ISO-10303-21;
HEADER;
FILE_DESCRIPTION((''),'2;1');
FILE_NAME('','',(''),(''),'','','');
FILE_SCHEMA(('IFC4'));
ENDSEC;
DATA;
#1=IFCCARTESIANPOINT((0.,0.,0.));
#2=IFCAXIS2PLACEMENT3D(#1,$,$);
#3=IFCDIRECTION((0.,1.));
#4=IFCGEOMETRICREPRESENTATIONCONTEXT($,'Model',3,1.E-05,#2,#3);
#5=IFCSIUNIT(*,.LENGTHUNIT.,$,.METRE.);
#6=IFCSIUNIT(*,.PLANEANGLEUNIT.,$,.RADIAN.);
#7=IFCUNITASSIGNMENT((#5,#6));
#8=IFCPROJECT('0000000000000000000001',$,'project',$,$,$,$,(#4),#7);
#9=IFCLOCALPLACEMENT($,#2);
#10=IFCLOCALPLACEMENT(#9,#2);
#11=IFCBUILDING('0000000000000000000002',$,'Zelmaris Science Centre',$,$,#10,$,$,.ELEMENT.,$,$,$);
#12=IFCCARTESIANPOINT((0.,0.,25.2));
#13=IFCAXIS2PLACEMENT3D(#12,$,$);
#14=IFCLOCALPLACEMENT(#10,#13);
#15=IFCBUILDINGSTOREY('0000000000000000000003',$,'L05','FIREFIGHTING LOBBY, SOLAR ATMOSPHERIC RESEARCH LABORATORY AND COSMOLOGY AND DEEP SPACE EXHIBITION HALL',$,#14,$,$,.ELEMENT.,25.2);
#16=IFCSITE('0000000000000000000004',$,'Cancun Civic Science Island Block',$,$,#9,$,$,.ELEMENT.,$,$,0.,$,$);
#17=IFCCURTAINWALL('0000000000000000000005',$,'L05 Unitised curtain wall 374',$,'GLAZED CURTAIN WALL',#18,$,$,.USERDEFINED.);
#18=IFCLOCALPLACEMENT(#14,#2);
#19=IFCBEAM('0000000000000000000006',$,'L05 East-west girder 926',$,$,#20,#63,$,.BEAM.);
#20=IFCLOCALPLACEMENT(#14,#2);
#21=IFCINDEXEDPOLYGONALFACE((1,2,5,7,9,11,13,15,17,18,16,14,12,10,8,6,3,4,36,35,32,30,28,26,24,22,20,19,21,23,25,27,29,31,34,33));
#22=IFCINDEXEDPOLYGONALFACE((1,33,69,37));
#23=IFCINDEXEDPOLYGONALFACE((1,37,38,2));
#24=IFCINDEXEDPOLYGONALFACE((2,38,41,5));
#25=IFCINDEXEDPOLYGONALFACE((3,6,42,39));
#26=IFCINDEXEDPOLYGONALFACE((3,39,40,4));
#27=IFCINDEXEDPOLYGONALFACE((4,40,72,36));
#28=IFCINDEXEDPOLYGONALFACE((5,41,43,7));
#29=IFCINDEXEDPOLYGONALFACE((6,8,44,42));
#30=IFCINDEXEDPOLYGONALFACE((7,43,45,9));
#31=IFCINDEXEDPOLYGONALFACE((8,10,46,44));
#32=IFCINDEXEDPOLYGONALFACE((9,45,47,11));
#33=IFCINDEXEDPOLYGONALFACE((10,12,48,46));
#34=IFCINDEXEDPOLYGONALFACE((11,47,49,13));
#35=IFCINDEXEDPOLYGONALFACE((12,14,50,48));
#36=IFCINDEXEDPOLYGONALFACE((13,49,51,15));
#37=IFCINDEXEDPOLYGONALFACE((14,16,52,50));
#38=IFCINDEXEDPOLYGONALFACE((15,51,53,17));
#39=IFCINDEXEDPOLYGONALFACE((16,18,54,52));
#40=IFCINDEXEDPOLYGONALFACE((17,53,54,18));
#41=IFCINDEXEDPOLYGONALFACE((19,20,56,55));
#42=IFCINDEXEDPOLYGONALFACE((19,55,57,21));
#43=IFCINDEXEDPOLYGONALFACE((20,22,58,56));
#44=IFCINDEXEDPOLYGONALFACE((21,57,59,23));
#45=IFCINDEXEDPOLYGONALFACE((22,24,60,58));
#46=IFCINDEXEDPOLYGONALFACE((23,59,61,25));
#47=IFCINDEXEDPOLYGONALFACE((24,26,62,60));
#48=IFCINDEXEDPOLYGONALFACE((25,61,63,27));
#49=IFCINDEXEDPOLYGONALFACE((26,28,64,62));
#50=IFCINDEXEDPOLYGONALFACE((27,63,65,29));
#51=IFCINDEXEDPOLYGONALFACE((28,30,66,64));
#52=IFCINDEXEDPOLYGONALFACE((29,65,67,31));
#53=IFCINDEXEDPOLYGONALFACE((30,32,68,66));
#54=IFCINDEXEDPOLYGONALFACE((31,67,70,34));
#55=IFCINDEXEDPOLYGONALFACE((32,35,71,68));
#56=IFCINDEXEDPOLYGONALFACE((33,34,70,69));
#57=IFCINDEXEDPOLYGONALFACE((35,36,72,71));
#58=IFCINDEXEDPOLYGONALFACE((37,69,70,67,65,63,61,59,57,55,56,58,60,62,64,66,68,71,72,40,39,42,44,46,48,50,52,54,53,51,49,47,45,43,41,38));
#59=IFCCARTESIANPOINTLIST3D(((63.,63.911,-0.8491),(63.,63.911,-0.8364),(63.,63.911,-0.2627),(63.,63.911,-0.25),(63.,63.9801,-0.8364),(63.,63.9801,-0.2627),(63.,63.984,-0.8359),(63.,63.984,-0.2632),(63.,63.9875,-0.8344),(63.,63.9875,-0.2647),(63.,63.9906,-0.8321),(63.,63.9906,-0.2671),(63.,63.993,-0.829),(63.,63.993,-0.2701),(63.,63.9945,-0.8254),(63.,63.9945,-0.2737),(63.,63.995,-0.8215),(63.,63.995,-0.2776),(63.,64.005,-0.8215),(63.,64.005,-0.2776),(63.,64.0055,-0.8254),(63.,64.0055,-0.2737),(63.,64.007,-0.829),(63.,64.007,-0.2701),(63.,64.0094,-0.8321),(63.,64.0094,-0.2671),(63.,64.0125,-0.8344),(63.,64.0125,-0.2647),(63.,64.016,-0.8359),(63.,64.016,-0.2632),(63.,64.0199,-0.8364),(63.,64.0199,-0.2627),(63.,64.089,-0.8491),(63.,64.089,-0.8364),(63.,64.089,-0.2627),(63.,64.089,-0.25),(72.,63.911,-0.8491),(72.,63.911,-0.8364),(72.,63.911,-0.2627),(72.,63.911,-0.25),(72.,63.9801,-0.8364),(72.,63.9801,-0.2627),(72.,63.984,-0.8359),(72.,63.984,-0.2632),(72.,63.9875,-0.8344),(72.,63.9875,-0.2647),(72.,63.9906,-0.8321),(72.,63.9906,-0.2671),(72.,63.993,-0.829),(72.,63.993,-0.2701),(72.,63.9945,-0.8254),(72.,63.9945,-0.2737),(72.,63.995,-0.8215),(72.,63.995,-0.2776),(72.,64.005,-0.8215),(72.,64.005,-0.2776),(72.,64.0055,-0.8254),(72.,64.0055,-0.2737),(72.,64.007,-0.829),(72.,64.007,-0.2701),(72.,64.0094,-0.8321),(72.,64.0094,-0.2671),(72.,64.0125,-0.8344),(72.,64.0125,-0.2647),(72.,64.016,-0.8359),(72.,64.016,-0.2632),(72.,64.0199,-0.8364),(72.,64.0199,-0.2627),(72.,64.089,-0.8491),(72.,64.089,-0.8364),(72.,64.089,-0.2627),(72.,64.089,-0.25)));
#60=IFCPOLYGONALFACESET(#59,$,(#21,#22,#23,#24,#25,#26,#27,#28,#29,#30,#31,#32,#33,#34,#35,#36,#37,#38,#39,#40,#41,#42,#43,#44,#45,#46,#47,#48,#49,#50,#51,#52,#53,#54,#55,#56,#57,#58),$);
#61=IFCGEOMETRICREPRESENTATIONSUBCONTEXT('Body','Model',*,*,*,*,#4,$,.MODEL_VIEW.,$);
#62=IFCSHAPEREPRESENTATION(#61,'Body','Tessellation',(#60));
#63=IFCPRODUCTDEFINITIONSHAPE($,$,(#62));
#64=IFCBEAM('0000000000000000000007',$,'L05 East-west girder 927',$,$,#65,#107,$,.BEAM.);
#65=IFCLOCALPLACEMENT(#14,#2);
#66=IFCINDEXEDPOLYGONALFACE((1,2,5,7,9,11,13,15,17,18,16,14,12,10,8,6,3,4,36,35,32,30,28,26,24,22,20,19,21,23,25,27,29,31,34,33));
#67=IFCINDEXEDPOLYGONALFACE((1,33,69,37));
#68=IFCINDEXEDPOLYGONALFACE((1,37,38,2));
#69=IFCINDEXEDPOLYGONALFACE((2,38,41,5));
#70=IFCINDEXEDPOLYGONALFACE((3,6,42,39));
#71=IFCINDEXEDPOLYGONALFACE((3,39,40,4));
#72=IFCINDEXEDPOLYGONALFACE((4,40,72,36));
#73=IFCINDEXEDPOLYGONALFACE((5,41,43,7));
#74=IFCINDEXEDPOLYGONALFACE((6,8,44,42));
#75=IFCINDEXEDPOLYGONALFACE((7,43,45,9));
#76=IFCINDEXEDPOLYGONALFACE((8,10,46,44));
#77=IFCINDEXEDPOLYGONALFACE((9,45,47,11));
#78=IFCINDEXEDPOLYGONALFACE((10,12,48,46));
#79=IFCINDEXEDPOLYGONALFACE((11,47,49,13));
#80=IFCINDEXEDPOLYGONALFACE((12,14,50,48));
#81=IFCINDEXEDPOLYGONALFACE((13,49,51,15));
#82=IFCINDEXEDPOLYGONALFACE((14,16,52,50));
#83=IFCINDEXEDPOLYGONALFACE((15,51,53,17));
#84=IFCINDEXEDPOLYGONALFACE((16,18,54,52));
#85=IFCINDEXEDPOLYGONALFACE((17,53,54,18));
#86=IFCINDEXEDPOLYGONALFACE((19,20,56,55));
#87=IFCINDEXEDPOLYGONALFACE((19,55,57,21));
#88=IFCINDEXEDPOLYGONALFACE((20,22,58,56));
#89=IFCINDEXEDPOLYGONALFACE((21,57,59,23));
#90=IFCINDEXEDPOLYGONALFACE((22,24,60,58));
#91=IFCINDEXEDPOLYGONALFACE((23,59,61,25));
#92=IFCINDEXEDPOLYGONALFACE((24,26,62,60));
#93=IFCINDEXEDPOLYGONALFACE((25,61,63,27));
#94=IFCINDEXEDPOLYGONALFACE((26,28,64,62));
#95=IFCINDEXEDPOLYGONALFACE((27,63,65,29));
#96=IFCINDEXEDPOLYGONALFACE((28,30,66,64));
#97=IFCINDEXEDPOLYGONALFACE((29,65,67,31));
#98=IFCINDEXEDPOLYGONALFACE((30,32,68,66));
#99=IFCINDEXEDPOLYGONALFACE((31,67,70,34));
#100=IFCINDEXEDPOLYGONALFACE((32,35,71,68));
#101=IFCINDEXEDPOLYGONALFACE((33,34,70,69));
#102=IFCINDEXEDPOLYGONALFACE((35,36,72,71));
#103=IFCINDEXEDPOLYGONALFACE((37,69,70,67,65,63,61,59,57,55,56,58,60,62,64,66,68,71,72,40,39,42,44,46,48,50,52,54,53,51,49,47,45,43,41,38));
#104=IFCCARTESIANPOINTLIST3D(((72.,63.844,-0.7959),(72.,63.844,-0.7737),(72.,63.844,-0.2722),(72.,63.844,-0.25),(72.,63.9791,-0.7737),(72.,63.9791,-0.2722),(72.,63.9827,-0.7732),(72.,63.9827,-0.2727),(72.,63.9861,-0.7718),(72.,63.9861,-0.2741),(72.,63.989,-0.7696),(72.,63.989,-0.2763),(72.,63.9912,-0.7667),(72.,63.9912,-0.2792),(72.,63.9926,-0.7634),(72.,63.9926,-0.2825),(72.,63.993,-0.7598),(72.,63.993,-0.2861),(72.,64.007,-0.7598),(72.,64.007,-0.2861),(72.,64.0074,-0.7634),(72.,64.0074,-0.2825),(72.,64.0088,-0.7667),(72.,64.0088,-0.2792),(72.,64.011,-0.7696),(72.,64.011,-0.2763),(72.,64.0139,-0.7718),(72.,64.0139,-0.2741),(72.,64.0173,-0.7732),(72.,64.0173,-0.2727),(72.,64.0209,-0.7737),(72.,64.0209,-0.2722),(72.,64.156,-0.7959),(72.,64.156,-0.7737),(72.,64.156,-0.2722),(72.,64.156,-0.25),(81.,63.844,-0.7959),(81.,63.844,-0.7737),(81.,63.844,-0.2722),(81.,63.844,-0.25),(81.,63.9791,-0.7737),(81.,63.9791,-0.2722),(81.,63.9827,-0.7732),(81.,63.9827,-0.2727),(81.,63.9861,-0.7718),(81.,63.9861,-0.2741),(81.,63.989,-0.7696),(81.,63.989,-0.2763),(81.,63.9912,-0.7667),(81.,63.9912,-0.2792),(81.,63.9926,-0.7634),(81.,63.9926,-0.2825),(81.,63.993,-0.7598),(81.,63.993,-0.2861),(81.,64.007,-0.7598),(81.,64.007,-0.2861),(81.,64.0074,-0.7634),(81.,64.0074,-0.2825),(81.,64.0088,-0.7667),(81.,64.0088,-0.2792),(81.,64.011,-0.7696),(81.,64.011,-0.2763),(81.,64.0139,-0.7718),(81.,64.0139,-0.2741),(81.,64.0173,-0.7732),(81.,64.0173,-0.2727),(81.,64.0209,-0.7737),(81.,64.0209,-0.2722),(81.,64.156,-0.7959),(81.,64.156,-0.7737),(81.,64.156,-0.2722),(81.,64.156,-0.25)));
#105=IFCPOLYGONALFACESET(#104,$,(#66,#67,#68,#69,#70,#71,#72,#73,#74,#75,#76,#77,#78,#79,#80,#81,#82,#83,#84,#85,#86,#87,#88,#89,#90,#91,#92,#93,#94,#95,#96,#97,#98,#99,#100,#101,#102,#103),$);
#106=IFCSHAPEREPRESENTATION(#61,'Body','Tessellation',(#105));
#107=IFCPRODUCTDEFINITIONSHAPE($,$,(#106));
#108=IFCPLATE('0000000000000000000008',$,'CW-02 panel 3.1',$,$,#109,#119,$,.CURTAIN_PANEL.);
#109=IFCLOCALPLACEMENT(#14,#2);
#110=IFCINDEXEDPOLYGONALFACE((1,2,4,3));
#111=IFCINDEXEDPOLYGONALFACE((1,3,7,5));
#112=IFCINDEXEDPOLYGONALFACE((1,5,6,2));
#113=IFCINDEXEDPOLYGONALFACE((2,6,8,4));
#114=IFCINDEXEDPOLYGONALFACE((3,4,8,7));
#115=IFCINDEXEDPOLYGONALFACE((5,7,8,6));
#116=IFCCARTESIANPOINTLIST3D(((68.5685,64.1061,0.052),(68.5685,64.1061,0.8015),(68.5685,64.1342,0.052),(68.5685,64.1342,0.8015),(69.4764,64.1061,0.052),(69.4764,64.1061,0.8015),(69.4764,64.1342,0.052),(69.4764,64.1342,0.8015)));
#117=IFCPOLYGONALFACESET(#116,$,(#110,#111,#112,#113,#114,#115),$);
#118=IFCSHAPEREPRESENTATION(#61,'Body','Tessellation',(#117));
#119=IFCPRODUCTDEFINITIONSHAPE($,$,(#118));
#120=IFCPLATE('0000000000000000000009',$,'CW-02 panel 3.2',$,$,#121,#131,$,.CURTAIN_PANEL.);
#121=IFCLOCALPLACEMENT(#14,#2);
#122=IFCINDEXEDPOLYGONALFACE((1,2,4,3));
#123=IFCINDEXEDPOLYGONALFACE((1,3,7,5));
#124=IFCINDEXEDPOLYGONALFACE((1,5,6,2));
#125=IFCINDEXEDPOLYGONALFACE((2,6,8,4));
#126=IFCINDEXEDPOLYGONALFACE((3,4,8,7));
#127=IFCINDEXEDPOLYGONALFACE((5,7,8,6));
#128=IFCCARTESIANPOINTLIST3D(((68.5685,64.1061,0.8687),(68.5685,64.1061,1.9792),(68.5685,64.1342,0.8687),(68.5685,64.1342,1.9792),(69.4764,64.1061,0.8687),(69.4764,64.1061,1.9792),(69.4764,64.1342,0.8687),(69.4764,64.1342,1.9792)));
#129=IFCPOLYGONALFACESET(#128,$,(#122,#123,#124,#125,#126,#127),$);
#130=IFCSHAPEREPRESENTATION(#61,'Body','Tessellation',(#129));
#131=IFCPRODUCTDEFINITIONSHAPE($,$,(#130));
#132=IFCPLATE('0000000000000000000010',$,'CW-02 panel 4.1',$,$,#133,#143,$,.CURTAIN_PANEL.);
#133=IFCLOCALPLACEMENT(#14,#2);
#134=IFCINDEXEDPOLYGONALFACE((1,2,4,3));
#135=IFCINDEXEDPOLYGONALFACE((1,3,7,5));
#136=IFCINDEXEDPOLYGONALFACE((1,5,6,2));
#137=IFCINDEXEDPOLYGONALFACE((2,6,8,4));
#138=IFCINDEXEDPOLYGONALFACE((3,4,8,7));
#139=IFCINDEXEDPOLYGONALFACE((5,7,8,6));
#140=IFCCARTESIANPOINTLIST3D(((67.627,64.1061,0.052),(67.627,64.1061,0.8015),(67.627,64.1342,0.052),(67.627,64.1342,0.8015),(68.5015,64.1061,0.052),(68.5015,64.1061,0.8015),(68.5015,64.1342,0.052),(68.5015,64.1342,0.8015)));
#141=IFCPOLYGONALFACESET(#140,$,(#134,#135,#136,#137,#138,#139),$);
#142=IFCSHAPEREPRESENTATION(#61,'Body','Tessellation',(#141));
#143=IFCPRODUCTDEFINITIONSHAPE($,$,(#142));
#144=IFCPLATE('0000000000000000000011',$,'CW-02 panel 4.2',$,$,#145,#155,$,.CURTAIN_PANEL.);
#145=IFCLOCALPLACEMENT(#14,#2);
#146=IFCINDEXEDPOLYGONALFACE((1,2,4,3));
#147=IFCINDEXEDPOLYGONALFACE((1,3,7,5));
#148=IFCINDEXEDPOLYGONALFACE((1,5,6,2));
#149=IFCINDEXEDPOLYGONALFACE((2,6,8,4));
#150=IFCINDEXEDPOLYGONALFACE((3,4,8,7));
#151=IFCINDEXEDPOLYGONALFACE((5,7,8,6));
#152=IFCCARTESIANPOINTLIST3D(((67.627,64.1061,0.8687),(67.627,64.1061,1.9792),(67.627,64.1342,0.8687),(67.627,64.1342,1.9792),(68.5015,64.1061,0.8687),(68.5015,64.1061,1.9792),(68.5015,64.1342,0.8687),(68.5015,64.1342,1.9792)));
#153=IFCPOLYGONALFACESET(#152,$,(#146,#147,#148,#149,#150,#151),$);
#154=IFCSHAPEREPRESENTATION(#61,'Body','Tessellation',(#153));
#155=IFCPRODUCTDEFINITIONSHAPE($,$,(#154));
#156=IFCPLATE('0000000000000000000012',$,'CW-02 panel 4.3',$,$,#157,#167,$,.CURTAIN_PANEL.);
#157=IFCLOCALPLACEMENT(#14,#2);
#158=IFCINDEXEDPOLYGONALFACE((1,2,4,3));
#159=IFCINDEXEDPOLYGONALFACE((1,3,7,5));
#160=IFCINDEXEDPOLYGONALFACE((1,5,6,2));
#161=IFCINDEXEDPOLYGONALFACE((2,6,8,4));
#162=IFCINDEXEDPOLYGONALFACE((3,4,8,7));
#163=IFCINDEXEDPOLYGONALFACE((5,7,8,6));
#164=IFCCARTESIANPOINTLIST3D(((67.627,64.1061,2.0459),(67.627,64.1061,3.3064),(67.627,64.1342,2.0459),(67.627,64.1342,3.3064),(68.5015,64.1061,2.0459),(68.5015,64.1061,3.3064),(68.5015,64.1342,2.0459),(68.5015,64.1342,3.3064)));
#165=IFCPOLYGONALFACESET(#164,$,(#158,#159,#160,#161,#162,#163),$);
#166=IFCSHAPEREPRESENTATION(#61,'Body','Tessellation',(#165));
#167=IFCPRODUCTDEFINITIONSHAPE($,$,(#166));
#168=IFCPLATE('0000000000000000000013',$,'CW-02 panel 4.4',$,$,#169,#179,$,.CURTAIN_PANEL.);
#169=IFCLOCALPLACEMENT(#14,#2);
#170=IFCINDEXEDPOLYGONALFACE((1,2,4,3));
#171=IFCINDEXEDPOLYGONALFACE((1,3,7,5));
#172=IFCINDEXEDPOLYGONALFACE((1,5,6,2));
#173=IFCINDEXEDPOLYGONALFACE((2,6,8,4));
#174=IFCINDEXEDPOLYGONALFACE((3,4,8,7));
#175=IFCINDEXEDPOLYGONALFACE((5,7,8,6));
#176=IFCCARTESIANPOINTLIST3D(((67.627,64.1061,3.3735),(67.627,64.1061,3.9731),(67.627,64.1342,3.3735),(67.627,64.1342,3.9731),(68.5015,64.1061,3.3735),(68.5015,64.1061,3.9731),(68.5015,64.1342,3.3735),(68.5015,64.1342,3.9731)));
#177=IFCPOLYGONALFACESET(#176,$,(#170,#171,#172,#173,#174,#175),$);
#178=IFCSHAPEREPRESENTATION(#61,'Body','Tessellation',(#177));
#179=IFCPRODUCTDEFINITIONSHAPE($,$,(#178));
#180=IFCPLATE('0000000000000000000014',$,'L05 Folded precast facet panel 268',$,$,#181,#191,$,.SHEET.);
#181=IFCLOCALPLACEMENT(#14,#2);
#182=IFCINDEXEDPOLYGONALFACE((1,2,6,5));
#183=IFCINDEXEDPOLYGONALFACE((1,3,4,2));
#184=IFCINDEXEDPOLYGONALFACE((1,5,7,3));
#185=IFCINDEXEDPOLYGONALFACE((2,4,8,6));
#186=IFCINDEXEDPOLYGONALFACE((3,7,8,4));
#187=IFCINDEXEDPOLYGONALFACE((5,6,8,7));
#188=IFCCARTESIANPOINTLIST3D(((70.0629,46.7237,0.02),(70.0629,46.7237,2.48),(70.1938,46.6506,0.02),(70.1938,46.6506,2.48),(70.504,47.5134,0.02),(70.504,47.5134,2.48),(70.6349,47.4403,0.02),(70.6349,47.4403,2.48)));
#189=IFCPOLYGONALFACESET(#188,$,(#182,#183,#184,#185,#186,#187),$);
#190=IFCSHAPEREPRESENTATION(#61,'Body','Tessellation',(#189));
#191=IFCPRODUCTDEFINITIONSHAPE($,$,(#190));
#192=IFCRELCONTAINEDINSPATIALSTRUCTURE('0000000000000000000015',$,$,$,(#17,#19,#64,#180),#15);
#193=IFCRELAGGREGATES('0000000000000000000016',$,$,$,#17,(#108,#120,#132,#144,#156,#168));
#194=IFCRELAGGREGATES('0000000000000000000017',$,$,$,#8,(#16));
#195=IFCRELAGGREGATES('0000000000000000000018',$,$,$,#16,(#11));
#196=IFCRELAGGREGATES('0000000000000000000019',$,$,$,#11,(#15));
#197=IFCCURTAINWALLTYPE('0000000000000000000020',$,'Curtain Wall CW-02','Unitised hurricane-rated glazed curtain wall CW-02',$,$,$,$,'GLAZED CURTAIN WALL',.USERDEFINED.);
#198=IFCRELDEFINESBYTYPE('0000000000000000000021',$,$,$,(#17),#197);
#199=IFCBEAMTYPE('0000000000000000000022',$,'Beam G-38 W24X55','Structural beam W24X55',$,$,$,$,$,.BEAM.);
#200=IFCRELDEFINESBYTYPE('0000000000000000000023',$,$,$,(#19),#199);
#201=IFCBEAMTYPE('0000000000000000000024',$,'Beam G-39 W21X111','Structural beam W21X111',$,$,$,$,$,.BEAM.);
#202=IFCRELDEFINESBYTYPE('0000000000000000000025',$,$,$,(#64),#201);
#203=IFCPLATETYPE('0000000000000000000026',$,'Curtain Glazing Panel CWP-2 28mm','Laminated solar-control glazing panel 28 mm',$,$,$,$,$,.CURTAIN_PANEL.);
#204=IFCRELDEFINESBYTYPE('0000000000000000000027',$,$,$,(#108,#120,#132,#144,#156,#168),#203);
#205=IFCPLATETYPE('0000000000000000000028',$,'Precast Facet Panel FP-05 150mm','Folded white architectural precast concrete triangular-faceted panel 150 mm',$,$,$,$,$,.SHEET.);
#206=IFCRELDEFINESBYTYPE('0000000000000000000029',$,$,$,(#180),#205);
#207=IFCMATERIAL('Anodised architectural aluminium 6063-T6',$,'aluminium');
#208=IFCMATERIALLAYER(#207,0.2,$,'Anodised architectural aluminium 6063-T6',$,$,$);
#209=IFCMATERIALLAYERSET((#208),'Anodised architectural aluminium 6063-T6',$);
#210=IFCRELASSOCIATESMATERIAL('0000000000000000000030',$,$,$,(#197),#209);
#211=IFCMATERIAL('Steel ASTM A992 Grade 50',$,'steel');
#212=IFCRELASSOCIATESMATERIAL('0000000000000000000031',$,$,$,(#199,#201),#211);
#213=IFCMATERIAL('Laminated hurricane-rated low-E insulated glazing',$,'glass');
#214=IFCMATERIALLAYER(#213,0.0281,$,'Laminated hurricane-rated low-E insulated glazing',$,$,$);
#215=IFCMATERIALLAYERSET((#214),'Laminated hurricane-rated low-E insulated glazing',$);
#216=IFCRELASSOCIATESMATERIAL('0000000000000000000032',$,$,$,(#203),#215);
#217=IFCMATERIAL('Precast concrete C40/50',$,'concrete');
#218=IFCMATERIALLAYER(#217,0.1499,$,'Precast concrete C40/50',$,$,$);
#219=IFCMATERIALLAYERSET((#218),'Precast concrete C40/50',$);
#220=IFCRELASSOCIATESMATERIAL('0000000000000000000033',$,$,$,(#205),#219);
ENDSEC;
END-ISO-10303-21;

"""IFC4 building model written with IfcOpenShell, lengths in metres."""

from ifc_helpers import new_model, si_unit, direction, frame, frame_2d, origin, origin_2d, place, context, subcontext, project, spatial, rectangle, i_section, extrude, material, layer, layer_set, material_profile, profile_set, type_object, element, aggregate, save


model = new_model("IFC4")

# Units and contexts
model_context = context("Model", 3, precision=1e-05, world=origin(), true_north=direction((0.0, 1.0)))
body_context = subcontext(model_context, "Body", "Model", "MODEL_VIEW")
ifc_project = project(units=[si_unit("LENGTHUNIT", "METRE"), si_unit("PLANEANGLEUNIT", "RADIAN")], contexts=[model_context])

# Site, building, storey
site_placement = place(None, origin())
site = spatial("IfcSite", under=ifc_project, at=site_placement, Name="Cancun Civic Science Island Block", CompositionType="ELEMENT", RefElevation=0.0)
building_placement = place(site_placement, origin())
building = spatial("IfcBuilding", under=site, at=building_placement, Name="Zelmaris Science Centre", CompositionType="ELEMENT")
storey_placement = place(building_placement, frame((0.0, 0.0, 25.2)))
storey = spatial("IfcBuildingStorey", under=building, at=storey_placement, Name="L05", Description="FIREFIGHTING LOBBY, SOLAR ATMOSPHERIC RESEARCH LABORATORY AND COSMOLOGY AND DEEP SPACE EXHIBITION HALL", CompositionType="ELEMENT", Elevation=25.2)

# Shared definitions
ifc_material_1 = material(Name="Steel ASTM A992 Grade 50", Category="steel")

# Curtain wall
ifc_material_2 = material(Name="Anodised architectural aluminium 6063-T6", Category="aluminium")
ifc_layer_1 = layer(ifc_material_2, 0.2, Name="Anodised architectural aluminium 6063-T6")
ifc_layer_set_1 = layer_set([ifc_layer_1], Name="Anodised architectural aluminium 6063-T6")
curtain_wall_type = type_object("IfcCurtainWallType", Name="Curtain Wall CW-02", Description="Unitised hurricane-rated glazed curtain wall CW-02", ElementType="GLAZED CURTAIN WALL", PredefinedType="USERDEFINED", material=ifc_layer_set_1)
curtain_wall_placement = place(storey_placement, origin())
curtain_wall = element("IfcCurtainWall", 1, at=curtain_wall_placement, inside=storey, type_object=curtain_wall_type, Name="L05 Unitised curtain wall 374", ObjectType="GLAZED CURTAIN WALL", PredefinedType="USERDEFINED")

# Beams
ifc_material_profile_1 = material_profile(ifc_material_1, i_section(OverallWidth=0.178, OverallDepth=0.5991, WebThickness=0.01, FlangeThickness=0.0127, FilletRadius=0.0149, at=origin_2d()), Name="W24X55")
ifc_profile_set_1 = profile_set([ifc_material_profile_1], Name="Steel ASTM A992 Grade 50")
beam_type_1 = type_object("IfcBeamType", Name="Beam G-38 W24X55", Description="Structural beam W24X55", PredefinedType="BEAM", material=ifc_profile_set_1)
beam_1_placement = place(storey_placement, frame((63.0, 64.0, -0.5496), z_axis=(1.0, 0.0, 0.0), x_axis=(0.0, 1.0, 0.0)))
element("IfcBeam", 2, at=beam_1_placement, inside=storey, type_object=beam_type_1, Name="L05 East-west girder 926", PredefinedType="BEAM", context=body_context, shape_type="SweptSolid", body=[
    extrude(i_section(OverallWidth=0.178, OverallDepth=0.5991, WebThickness=0.01, FlangeThickness=0.0127, FilletRadius=0.0149, at=origin_2d()), origin(), (0.0, 0.0, 1.0), 9.0),
])
ifc_material_profile_2 = material_profile(ifc_material_1, i_section(OverallWidth=0.312, OverallDepth=0.5459, WebThickness=0.0139, FlangeThickness=0.0222, FilletRadius=0.0139, at=origin_2d()), Name="W21X111")
ifc_profile_set_2 = profile_set([ifc_material_profile_2], Name="Steel ASTM A992 Grade 50")
beam_type_2 = type_object("IfcBeamType", Name="Beam G-39 W21X111", Description="Structural beam W21X111", PredefinedType="BEAM", material=ifc_profile_set_2)
beam_2_placement = place(storey_placement, frame((72.0, 64.0, -0.5229), z_axis=(1.0, 0.0, 0.0), x_axis=(0.0, 1.0, 0.0)))
element("IfcBeam", 3, at=beam_2_placement, inside=storey, type_object=beam_type_2, Name="L05 East-west girder 927", PredefinedType="BEAM", context=body_context, shape_type="SweptSolid", body=[
    extrude(i_section(OverallWidth=0.312, OverallDepth=0.5459, WebThickness=0.0139, FlangeThickness=0.0222, FilletRadius=0.0139, at=origin_2d()), origin(), (0.0, 0.0, 1.0), 9.0),
])

# Plates
ifc_material_3 = material(Name="Laminated hurricane-rated low-E insulated glazing", Category="glass")
ifc_layer_2 = layer(ifc_material_3, 0.0281, Name="Laminated hurricane-rated low-E insulated glazing")
ifc_layer_set_2 = layer_set([ifc_layer_2], Name="Laminated hurricane-rated low-E insulated glazing")
plate_type_1 = type_object("IfcPlateType", Name="Curtain Glazing Panel CWP-2 28mm", Description="Laminated solar-control glazing panel 28 mm", PredefinedType="CURTAIN_PANEL", material=ifc_layer_set_2)
plate_1_placement = place(storey_placement, frame((69.0225, 64.1201, 0.052), z_axis=(0.0, 0.0, 1.0), x_axis=(-1.0, 0.0, 0.0)))
plate_1 = element("IfcPlate", 4, at=plate_1_placement, type_object=plate_type_1, Name="CW-02 panel 3.1", PredefinedType="CURTAIN_PANEL", context=body_context, shape_type="SweptSolid", body=[
    extrude(rectangle(XDim=0.908, YDim=0.0281, at=origin_2d()), origin(), (0.0, 0.0, 1.0), 0.7495),
])
plate_2_placement = place(storey_placement, frame((69.0225, 64.1201, 0.8687), z_axis=(0.0, 0.0, 1.0), x_axis=(-1.0, 0.0, 0.0)))
plate_2 = element("IfcPlate", 5, at=plate_2_placement, type_object=plate_type_1, Name="CW-02 panel 3.2", PredefinedType="CURTAIN_PANEL", context=body_context, shape_type="SweptSolid", body=[
    extrude(rectangle(XDim=0.908, YDim=0.0281, at=origin_2d()), origin(), (0.0, 0.0, 1.0), 1.1106),
])
plate_3_placement = place(storey_placement, frame((68.0642, 64.1201, 0.052), z_axis=(0.0, 0.0, 1.0), x_axis=(-1.0, 0.0, 0.0)))
plate_3 = element("IfcPlate", 6, at=plate_3_placement, type_object=plate_type_1, Name="CW-02 panel 4.1", PredefinedType="CURTAIN_PANEL", context=body_context, shape_type="SweptSolid", body=[
    extrude(rectangle(XDim=0.8745, YDim=0.0281, at=origin_2d()), origin(), (0.0, 0.0, 1.0), 0.7495),
])
plate_4_placement = place(storey_placement, frame((68.0642, 64.1201, 0.8687), z_axis=(0.0, 0.0, 1.0), x_axis=(-1.0, 0.0, 0.0)))
plate_4 = element("IfcPlate", 7, at=plate_4_placement, type_object=plate_type_1, Name="CW-02 panel 4.2", PredefinedType="CURTAIN_PANEL", context=body_context, shape_type="SweptSolid", body=[
    extrude(rectangle(XDim=0.8745, YDim=0.0281, at=origin_2d()), origin(), (0.0, 0.0, 1.0), 1.1106),
])
plate_5_placement = place(storey_placement, frame((68.0642, 64.1201, 2.0459), z_axis=(0.0, 0.0, 1.0), x_axis=(-1.0, 0.0, 0.0)))
plate_5 = element("IfcPlate", 8, at=plate_5_placement, type_object=plate_type_1, Name="CW-02 panel 4.3", PredefinedType="CURTAIN_PANEL", context=body_context, shape_type="SweptSolid", body=[
    extrude(rectangle(XDim=0.8745, YDim=0.0281, at=origin_2d()), origin(), (0.0, 0.0, 1.0), 1.2605),
])
plate_6_placement = place(storey_placement, frame((68.0642, 64.1201, 3.3735), z_axis=(0.0, 0.0, 1.0), x_axis=(-1.0, 0.0, 0.0)))
plate_6 = element("IfcPlate", 9, at=plate_6_placement, type_object=plate_type_1, Name="CW-02 panel 4.4", PredefinedType="CURTAIN_PANEL", context=body_context, shape_type="SweptSolid", body=[
    extrude(rectangle(XDim=0.8745, YDim=0.0281, at=origin_2d()), origin(), (0.0, 0.0, 1.0), 0.5996),
])
aggregate(curtain_wall, [plate_1, plate_2, plate_3, plate_4, plate_5, plate_6])

# Plate
ifc_material_4 = material(Name="Precast concrete C40/50", Category="concrete")
ifc_layer_3 = layer(ifc_material_4, 0.1499, Name="Precast concrete C40/50")
ifc_layer_set_3 = layer_set([ifc_layer_3], Name="Precast concrete C40/50")
plate_type_2 = type_object("IfcPlateType", Name="Precast Facet Panel FP-05 150mm", Description="Folded white architectural precast concrete triangular-faceted panel 150 mm", PredefinedType="SHEET", material=ifc_layer_set_3)
plate_7_placement = place(storey_placement, frame((70.1284, 46.6873, 0.02), z_axis=(0.0, 0.0, 1.0), x_axis=(0.487658, 0.873035, 0.0)))
element("IfcPlate", 10, at=plate_7_placement, inside=storey, type_object=plate_type_2, Name="L05 Folded precast facet panel 268", PredefinedType="SHEET", context=body_context, shape_type="SweptSolid", body=[
    extrude(rectangle(XDim=0.9045, YDim=0.1499, at=frame_2d((0.4521, 0.0))), origin(), (0.0, 0.0, 1.0), 2.46),
])

save(model, "model.ifc")
